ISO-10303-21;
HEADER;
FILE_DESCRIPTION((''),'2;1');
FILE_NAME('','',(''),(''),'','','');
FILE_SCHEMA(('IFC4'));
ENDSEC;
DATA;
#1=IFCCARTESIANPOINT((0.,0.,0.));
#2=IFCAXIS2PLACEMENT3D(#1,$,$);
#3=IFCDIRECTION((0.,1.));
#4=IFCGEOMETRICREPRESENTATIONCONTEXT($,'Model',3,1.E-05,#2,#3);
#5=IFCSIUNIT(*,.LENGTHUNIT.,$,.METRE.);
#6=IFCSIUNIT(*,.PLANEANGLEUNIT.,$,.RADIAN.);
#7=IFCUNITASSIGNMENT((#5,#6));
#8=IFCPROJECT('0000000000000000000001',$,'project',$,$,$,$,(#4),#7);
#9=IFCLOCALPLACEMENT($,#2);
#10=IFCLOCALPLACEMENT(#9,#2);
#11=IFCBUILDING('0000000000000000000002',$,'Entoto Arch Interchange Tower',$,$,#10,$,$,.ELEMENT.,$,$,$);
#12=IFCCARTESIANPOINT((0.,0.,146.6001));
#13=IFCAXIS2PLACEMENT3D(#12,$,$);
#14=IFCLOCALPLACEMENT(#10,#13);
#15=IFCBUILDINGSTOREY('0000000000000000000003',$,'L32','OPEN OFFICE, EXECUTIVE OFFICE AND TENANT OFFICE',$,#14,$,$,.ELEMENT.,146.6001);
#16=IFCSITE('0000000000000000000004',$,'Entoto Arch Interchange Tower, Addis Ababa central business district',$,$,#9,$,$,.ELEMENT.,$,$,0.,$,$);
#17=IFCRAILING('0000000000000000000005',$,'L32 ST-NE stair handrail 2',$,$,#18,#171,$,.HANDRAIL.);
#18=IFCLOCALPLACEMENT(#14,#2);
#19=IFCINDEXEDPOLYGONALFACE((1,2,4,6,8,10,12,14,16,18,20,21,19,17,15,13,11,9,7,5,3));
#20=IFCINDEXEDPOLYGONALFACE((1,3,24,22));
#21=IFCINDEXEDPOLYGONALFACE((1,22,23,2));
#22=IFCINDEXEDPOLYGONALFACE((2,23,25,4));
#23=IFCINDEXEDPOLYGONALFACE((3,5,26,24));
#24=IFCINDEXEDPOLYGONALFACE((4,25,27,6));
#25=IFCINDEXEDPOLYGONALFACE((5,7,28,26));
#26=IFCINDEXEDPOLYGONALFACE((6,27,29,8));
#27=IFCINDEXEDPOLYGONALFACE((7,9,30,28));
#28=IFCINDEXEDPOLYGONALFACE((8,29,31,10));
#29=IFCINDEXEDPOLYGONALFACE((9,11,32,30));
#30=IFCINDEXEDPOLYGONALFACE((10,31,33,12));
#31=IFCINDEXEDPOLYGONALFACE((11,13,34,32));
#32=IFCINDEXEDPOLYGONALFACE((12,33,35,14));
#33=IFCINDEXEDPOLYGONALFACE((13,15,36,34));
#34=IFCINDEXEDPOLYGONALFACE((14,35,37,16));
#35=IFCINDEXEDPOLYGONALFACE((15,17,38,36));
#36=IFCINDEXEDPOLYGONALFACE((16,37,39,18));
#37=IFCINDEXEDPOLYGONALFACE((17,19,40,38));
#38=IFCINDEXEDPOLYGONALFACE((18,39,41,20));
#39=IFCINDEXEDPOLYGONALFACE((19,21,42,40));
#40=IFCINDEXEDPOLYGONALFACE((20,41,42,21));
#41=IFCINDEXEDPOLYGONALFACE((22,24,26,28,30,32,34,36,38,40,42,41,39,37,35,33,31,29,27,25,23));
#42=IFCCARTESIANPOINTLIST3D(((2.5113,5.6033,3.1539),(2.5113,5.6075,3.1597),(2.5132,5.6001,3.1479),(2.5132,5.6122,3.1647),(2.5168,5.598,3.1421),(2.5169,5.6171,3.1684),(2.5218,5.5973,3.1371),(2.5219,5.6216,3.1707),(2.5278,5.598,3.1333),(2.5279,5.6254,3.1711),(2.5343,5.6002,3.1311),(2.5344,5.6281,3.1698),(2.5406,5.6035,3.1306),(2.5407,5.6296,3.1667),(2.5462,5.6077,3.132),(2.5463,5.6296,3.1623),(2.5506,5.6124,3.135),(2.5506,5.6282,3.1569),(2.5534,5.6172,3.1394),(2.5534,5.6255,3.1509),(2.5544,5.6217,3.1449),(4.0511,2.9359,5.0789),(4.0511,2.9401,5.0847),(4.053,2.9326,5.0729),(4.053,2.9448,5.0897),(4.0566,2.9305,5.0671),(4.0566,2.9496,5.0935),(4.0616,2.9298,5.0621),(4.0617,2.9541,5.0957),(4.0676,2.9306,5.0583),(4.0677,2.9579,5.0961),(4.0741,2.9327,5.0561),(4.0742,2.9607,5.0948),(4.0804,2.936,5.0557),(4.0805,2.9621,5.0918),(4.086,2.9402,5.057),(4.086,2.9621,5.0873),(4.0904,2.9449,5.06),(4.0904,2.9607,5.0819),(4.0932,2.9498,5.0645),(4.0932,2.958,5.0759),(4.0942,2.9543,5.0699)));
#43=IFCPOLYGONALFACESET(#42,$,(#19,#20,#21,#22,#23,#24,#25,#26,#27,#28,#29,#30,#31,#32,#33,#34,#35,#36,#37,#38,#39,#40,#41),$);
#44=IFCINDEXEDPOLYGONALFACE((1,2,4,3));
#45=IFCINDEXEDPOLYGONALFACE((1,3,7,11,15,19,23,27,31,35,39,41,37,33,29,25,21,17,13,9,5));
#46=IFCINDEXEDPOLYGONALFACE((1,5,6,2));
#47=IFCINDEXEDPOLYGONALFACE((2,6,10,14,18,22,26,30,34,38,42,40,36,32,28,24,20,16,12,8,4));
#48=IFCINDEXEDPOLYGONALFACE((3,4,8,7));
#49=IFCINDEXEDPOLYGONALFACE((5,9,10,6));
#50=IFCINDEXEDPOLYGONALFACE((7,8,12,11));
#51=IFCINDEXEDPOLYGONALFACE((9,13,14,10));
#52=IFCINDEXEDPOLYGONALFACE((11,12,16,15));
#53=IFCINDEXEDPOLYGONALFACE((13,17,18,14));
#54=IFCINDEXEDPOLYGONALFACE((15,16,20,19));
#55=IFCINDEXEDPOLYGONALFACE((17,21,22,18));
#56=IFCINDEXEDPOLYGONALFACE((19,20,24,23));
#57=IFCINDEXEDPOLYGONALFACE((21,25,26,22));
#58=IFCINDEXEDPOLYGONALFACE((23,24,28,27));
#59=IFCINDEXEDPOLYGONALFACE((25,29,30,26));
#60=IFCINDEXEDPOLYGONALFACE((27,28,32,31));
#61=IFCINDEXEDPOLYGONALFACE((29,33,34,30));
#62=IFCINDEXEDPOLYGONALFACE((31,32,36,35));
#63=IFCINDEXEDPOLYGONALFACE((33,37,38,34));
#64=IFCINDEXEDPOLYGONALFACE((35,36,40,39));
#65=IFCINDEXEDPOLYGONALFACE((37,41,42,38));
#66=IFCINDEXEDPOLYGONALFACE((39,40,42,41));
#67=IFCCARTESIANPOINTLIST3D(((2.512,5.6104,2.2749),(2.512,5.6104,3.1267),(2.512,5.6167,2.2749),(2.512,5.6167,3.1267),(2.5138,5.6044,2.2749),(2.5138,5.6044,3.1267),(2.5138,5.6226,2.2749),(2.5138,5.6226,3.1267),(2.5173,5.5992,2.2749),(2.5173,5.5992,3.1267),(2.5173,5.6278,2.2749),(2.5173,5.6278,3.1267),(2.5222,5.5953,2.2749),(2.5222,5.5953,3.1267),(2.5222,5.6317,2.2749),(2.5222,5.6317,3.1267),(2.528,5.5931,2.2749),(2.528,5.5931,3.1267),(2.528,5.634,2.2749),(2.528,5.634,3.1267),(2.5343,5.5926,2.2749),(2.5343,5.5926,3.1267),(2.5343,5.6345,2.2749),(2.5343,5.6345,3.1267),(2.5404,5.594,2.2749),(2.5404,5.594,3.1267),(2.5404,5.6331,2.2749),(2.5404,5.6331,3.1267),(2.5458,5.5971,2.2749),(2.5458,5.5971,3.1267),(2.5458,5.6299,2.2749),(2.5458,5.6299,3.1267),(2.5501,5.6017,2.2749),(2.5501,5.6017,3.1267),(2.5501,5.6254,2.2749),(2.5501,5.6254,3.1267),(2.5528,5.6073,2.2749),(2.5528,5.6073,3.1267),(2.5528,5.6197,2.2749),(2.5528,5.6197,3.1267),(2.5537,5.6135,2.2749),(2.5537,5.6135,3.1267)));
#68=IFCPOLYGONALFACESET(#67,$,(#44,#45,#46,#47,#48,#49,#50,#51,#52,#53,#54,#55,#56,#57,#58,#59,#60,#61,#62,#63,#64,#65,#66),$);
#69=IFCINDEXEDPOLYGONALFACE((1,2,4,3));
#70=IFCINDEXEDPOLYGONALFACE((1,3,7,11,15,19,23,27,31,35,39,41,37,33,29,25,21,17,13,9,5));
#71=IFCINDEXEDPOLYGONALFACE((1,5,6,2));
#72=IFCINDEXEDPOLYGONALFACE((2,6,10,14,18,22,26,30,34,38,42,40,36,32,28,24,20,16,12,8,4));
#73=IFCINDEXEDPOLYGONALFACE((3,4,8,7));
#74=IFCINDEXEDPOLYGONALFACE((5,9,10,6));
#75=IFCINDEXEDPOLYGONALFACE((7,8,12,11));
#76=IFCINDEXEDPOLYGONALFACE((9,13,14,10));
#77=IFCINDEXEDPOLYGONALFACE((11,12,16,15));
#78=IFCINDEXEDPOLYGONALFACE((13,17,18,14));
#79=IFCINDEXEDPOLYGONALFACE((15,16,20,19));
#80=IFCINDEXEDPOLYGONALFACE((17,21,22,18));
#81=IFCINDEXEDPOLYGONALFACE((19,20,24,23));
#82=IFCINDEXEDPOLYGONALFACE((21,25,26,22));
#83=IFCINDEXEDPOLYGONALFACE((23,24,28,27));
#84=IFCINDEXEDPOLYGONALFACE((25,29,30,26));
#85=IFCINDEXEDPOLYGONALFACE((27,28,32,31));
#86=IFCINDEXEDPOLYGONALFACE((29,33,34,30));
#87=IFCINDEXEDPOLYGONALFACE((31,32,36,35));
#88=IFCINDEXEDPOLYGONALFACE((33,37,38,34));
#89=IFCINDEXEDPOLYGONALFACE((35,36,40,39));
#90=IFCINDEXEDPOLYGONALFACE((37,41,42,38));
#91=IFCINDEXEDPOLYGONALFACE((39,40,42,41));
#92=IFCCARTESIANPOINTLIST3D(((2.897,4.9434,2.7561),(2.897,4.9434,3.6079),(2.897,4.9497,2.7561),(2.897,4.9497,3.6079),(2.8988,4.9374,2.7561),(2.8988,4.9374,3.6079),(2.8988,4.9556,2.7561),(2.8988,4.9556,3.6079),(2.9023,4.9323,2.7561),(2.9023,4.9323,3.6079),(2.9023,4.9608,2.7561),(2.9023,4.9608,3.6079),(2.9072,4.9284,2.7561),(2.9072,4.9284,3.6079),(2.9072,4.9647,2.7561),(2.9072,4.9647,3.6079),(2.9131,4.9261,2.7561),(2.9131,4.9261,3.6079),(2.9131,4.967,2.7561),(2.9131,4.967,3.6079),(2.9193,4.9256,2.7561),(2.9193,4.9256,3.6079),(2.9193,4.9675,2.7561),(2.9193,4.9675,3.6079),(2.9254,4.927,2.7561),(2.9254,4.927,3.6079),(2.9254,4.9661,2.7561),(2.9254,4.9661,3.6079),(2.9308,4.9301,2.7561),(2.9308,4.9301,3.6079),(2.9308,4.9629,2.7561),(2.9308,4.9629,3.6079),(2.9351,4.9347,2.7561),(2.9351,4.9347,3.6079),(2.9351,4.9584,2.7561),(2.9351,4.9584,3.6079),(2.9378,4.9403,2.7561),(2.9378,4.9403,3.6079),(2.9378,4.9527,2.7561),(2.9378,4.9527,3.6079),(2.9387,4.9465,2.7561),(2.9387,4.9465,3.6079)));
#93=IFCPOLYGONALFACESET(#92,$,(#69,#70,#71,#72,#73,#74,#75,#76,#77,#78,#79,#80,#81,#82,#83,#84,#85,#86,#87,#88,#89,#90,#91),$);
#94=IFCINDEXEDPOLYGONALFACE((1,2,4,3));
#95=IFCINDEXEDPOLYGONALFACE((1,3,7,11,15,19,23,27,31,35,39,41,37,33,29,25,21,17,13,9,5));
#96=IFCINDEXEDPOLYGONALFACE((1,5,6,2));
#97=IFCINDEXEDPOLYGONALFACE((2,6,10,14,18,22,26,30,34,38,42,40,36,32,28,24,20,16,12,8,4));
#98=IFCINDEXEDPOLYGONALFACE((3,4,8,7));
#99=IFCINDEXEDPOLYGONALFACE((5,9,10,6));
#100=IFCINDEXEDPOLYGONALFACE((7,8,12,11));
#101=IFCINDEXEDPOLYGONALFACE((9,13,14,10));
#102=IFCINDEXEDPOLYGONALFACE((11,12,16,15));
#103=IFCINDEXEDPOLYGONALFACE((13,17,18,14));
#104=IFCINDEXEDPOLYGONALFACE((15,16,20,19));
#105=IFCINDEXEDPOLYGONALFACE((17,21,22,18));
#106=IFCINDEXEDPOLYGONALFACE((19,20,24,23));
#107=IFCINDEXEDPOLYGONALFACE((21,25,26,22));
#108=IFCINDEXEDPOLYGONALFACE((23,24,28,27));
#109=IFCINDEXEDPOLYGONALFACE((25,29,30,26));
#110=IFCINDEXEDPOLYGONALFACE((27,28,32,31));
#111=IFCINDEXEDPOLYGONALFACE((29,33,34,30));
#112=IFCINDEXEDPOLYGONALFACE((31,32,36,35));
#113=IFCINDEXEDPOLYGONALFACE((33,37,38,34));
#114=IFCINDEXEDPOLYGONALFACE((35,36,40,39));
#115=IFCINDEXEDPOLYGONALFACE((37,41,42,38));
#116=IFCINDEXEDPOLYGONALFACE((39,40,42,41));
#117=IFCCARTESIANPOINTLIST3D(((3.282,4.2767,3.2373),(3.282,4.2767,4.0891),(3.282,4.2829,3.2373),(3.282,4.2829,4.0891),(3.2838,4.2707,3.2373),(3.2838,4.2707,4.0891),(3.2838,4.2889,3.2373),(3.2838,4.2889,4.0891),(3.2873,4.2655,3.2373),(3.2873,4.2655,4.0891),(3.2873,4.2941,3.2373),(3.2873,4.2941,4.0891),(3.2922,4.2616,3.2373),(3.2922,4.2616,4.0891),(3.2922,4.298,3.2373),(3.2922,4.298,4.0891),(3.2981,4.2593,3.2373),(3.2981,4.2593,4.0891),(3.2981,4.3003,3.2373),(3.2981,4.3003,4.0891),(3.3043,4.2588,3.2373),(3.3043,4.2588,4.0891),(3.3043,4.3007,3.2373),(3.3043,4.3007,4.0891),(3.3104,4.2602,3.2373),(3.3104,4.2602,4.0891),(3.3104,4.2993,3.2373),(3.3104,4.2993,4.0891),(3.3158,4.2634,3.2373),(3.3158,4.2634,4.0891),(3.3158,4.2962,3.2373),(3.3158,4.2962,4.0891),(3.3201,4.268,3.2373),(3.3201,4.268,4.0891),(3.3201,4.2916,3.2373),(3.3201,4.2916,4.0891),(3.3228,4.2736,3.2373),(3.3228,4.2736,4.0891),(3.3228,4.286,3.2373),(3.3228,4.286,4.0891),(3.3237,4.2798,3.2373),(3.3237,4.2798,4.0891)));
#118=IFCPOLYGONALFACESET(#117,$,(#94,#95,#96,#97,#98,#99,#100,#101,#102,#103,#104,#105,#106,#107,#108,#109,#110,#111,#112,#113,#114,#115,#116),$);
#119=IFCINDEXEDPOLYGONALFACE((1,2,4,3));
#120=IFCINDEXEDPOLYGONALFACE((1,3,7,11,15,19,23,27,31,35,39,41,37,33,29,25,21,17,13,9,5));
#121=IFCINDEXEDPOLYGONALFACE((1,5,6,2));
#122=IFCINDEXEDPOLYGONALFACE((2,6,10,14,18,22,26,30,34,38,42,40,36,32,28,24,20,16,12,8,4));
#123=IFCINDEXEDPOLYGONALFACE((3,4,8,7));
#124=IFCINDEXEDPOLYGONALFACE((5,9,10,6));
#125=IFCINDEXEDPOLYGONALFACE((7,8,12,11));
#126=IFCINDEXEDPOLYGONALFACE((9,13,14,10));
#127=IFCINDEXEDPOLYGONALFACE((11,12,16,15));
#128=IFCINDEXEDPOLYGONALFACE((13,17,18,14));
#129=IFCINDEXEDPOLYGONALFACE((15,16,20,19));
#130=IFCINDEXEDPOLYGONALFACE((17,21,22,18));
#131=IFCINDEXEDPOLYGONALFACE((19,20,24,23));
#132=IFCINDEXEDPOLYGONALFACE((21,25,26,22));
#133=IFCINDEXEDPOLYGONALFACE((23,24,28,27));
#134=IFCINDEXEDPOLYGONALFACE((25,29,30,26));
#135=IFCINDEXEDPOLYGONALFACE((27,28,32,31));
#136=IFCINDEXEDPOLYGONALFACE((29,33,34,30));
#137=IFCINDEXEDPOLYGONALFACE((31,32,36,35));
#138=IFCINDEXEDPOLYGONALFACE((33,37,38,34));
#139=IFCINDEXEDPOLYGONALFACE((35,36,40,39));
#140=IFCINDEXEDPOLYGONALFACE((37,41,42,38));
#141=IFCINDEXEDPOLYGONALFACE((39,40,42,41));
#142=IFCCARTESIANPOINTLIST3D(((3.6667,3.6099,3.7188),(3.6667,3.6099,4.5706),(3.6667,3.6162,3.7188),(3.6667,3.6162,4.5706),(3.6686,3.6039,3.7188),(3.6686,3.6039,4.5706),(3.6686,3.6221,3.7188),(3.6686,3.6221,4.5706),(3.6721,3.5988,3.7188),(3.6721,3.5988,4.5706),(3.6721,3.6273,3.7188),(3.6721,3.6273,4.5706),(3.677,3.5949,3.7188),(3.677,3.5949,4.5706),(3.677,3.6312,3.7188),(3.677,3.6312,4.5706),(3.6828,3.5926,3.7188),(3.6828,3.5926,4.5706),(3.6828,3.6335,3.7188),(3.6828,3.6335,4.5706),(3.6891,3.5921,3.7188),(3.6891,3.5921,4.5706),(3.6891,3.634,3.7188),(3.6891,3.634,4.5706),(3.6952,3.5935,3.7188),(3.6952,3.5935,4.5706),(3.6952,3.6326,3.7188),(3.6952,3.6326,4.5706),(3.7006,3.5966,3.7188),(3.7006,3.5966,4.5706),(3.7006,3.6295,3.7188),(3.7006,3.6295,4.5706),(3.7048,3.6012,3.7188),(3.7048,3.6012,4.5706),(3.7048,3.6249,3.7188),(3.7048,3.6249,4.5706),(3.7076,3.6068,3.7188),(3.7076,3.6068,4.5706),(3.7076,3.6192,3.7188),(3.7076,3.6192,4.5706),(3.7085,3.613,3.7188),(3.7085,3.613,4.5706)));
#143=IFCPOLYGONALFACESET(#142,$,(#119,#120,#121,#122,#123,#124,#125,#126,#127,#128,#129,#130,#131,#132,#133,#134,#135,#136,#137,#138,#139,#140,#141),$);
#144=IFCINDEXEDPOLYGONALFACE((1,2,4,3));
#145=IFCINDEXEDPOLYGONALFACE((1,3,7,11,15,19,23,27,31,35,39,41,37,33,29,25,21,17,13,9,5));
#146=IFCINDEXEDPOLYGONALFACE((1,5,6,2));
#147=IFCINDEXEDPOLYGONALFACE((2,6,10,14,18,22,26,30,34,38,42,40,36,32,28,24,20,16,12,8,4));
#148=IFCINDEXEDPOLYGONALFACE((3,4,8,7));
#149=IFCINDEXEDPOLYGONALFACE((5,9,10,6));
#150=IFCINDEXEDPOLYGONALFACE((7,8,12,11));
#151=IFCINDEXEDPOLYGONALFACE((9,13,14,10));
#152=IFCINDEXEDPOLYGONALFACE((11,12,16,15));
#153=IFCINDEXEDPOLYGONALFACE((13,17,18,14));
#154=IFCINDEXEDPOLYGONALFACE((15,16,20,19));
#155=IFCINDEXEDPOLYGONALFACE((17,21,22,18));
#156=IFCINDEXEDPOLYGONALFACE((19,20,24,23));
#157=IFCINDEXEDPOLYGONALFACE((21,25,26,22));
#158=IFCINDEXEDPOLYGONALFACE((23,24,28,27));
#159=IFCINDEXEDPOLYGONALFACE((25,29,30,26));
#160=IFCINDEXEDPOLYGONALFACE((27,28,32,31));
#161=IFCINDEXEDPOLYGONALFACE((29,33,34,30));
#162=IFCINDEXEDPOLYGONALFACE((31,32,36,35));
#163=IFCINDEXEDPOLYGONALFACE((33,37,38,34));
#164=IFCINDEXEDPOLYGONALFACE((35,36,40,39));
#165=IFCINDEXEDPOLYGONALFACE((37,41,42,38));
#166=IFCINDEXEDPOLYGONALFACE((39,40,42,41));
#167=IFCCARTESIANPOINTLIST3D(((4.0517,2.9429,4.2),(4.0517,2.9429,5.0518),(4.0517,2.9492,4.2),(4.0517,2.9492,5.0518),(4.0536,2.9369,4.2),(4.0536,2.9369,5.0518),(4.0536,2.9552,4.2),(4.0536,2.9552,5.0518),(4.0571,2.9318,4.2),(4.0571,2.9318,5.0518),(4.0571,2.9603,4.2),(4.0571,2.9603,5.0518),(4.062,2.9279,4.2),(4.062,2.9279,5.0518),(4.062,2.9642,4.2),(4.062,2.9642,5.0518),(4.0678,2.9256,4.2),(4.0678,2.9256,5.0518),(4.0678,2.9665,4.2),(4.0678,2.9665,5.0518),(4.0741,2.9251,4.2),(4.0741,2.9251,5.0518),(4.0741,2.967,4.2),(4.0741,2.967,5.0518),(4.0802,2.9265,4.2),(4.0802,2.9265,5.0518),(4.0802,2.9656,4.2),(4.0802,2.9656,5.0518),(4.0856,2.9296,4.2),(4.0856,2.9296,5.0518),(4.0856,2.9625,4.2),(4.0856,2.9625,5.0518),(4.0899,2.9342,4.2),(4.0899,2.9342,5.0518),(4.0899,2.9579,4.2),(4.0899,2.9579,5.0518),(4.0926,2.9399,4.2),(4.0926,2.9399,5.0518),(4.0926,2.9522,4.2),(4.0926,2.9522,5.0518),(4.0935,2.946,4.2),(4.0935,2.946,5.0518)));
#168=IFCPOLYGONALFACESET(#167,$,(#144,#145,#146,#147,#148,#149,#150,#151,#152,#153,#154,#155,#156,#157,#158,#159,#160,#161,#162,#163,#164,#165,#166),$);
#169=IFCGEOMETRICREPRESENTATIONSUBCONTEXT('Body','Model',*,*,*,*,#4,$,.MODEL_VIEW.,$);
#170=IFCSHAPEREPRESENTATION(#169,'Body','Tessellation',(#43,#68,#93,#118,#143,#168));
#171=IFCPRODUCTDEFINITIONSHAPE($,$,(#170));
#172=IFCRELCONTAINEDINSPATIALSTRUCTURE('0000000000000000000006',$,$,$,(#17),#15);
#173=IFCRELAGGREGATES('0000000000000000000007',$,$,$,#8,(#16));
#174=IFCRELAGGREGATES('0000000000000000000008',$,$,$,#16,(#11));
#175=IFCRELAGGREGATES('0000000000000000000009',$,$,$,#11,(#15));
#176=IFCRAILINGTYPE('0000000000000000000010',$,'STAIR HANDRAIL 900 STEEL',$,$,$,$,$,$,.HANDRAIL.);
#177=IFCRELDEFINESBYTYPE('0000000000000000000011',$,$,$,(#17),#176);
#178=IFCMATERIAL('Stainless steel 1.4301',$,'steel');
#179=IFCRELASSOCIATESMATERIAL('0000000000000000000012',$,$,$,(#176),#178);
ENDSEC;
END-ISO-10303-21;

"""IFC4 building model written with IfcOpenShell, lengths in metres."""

from ifc_helpers import new_model, si_unit, direction, frame, origin, origin_2d, place, context, subcontext, project, spatial, circle, extrude, material, type_object, element, save


model = new_model("IFC4")

# Units and contexts
model_context = context("Model", 3, precision=1e-05, world=origin(), true_north=direction((0.0, 1.0)))
body_context = subcontext(model_context, "Body", "Model", "MODEL_VIEW")
ifc_project = project(units=[si_unit("LENGTHUNIT", "METRE"), si_unit("PLANEANGLEUNIT", "RADIAN")], contexts=[model_context])

# Site, building, storey
site_placement = place(None, origin())
site = spatial("IfcSite", under=ifc_project, at=site_placement, Name="Entoto Arch Interchange Tower, Addis Ababa central business district", CompositionType="ELEMENT", RefElevation=0.0)
building_placement = place(site_placement, origin())
building = spatial("IfcBuilding", under=site, at=building_placement, Name="Entoto Arch Interchange Tower", CompositionType="ELEMENT")
storey_placement = place(building_placement, frame((0.0, 0.0, 146.6001)))
storey = spatial("IfcBuildingStorey", under=building, at=storey_placement, Name="L32", Description="OPEN OFFICE, EXECUTIVE OFFICE AND TENANT OFFICE", CompositionType="ELEMENT", Elevation=146.6001)

# Railing
ifc_material_1 = material(Name="Stainless steel 1.4301", Category="steel")
railing_type_1 = type_object("IfcRailingType", Name="STAIR HANDRAIL 900 STEEL", PredefinedType="HANDRAIL", material=ifc_material_1)
railing_1_placement = place(storey_placement, frame((2.5327, 5.6135, 2.2749)))
element("IfcRailing", 1, at=railing_1_placement, inside=storey, type_object=railing_type_1, Name="L32 ST-NE stair handrail 2", PredefinedType="HANDRAIL", context=body_context, shape_type="SweptSolid", body=[
    extrude(circle(Radius=0.0239, at=origin_2d()), frame((0.0, 0.0, 0.876), z_axis=(0.423939, -0.734416, 0.530008), x_axis=(0.866064, 0.499933, 0.0)), (0.0, 0.0, 1.0), 3.6321),
    extrude(circle(Radius=0.021, at=origin_2d()), origin(), (0.0, 0.0, 1.0), 0.8518),
    extrude(circle(Radius=0.021, at=origin_2d()), frame((0.385, -0.667, 0.4812)), (0.0, 0.0, 1.0), 0.8518),
    extrude(circle(Radius=0.021, at=origin_2d()), frame((0.77, -1.3337, 0.9624)), (0.0, 0.0, 1.0), 0.8518),
    extrude(circle(Radius=0.021, at=origin_2d()), frame((1.1548, -2.0005, 1.4438)), (0.0, 0.0, 1.0), 0.8518),
    extrude(circle(Radius=0.021, at=origin_2d()), frame((1.5398, -2.6675, 1.925)), (0.0, 0.0, 1.0), 0.8518),
])

save(model, "model.ifc")
